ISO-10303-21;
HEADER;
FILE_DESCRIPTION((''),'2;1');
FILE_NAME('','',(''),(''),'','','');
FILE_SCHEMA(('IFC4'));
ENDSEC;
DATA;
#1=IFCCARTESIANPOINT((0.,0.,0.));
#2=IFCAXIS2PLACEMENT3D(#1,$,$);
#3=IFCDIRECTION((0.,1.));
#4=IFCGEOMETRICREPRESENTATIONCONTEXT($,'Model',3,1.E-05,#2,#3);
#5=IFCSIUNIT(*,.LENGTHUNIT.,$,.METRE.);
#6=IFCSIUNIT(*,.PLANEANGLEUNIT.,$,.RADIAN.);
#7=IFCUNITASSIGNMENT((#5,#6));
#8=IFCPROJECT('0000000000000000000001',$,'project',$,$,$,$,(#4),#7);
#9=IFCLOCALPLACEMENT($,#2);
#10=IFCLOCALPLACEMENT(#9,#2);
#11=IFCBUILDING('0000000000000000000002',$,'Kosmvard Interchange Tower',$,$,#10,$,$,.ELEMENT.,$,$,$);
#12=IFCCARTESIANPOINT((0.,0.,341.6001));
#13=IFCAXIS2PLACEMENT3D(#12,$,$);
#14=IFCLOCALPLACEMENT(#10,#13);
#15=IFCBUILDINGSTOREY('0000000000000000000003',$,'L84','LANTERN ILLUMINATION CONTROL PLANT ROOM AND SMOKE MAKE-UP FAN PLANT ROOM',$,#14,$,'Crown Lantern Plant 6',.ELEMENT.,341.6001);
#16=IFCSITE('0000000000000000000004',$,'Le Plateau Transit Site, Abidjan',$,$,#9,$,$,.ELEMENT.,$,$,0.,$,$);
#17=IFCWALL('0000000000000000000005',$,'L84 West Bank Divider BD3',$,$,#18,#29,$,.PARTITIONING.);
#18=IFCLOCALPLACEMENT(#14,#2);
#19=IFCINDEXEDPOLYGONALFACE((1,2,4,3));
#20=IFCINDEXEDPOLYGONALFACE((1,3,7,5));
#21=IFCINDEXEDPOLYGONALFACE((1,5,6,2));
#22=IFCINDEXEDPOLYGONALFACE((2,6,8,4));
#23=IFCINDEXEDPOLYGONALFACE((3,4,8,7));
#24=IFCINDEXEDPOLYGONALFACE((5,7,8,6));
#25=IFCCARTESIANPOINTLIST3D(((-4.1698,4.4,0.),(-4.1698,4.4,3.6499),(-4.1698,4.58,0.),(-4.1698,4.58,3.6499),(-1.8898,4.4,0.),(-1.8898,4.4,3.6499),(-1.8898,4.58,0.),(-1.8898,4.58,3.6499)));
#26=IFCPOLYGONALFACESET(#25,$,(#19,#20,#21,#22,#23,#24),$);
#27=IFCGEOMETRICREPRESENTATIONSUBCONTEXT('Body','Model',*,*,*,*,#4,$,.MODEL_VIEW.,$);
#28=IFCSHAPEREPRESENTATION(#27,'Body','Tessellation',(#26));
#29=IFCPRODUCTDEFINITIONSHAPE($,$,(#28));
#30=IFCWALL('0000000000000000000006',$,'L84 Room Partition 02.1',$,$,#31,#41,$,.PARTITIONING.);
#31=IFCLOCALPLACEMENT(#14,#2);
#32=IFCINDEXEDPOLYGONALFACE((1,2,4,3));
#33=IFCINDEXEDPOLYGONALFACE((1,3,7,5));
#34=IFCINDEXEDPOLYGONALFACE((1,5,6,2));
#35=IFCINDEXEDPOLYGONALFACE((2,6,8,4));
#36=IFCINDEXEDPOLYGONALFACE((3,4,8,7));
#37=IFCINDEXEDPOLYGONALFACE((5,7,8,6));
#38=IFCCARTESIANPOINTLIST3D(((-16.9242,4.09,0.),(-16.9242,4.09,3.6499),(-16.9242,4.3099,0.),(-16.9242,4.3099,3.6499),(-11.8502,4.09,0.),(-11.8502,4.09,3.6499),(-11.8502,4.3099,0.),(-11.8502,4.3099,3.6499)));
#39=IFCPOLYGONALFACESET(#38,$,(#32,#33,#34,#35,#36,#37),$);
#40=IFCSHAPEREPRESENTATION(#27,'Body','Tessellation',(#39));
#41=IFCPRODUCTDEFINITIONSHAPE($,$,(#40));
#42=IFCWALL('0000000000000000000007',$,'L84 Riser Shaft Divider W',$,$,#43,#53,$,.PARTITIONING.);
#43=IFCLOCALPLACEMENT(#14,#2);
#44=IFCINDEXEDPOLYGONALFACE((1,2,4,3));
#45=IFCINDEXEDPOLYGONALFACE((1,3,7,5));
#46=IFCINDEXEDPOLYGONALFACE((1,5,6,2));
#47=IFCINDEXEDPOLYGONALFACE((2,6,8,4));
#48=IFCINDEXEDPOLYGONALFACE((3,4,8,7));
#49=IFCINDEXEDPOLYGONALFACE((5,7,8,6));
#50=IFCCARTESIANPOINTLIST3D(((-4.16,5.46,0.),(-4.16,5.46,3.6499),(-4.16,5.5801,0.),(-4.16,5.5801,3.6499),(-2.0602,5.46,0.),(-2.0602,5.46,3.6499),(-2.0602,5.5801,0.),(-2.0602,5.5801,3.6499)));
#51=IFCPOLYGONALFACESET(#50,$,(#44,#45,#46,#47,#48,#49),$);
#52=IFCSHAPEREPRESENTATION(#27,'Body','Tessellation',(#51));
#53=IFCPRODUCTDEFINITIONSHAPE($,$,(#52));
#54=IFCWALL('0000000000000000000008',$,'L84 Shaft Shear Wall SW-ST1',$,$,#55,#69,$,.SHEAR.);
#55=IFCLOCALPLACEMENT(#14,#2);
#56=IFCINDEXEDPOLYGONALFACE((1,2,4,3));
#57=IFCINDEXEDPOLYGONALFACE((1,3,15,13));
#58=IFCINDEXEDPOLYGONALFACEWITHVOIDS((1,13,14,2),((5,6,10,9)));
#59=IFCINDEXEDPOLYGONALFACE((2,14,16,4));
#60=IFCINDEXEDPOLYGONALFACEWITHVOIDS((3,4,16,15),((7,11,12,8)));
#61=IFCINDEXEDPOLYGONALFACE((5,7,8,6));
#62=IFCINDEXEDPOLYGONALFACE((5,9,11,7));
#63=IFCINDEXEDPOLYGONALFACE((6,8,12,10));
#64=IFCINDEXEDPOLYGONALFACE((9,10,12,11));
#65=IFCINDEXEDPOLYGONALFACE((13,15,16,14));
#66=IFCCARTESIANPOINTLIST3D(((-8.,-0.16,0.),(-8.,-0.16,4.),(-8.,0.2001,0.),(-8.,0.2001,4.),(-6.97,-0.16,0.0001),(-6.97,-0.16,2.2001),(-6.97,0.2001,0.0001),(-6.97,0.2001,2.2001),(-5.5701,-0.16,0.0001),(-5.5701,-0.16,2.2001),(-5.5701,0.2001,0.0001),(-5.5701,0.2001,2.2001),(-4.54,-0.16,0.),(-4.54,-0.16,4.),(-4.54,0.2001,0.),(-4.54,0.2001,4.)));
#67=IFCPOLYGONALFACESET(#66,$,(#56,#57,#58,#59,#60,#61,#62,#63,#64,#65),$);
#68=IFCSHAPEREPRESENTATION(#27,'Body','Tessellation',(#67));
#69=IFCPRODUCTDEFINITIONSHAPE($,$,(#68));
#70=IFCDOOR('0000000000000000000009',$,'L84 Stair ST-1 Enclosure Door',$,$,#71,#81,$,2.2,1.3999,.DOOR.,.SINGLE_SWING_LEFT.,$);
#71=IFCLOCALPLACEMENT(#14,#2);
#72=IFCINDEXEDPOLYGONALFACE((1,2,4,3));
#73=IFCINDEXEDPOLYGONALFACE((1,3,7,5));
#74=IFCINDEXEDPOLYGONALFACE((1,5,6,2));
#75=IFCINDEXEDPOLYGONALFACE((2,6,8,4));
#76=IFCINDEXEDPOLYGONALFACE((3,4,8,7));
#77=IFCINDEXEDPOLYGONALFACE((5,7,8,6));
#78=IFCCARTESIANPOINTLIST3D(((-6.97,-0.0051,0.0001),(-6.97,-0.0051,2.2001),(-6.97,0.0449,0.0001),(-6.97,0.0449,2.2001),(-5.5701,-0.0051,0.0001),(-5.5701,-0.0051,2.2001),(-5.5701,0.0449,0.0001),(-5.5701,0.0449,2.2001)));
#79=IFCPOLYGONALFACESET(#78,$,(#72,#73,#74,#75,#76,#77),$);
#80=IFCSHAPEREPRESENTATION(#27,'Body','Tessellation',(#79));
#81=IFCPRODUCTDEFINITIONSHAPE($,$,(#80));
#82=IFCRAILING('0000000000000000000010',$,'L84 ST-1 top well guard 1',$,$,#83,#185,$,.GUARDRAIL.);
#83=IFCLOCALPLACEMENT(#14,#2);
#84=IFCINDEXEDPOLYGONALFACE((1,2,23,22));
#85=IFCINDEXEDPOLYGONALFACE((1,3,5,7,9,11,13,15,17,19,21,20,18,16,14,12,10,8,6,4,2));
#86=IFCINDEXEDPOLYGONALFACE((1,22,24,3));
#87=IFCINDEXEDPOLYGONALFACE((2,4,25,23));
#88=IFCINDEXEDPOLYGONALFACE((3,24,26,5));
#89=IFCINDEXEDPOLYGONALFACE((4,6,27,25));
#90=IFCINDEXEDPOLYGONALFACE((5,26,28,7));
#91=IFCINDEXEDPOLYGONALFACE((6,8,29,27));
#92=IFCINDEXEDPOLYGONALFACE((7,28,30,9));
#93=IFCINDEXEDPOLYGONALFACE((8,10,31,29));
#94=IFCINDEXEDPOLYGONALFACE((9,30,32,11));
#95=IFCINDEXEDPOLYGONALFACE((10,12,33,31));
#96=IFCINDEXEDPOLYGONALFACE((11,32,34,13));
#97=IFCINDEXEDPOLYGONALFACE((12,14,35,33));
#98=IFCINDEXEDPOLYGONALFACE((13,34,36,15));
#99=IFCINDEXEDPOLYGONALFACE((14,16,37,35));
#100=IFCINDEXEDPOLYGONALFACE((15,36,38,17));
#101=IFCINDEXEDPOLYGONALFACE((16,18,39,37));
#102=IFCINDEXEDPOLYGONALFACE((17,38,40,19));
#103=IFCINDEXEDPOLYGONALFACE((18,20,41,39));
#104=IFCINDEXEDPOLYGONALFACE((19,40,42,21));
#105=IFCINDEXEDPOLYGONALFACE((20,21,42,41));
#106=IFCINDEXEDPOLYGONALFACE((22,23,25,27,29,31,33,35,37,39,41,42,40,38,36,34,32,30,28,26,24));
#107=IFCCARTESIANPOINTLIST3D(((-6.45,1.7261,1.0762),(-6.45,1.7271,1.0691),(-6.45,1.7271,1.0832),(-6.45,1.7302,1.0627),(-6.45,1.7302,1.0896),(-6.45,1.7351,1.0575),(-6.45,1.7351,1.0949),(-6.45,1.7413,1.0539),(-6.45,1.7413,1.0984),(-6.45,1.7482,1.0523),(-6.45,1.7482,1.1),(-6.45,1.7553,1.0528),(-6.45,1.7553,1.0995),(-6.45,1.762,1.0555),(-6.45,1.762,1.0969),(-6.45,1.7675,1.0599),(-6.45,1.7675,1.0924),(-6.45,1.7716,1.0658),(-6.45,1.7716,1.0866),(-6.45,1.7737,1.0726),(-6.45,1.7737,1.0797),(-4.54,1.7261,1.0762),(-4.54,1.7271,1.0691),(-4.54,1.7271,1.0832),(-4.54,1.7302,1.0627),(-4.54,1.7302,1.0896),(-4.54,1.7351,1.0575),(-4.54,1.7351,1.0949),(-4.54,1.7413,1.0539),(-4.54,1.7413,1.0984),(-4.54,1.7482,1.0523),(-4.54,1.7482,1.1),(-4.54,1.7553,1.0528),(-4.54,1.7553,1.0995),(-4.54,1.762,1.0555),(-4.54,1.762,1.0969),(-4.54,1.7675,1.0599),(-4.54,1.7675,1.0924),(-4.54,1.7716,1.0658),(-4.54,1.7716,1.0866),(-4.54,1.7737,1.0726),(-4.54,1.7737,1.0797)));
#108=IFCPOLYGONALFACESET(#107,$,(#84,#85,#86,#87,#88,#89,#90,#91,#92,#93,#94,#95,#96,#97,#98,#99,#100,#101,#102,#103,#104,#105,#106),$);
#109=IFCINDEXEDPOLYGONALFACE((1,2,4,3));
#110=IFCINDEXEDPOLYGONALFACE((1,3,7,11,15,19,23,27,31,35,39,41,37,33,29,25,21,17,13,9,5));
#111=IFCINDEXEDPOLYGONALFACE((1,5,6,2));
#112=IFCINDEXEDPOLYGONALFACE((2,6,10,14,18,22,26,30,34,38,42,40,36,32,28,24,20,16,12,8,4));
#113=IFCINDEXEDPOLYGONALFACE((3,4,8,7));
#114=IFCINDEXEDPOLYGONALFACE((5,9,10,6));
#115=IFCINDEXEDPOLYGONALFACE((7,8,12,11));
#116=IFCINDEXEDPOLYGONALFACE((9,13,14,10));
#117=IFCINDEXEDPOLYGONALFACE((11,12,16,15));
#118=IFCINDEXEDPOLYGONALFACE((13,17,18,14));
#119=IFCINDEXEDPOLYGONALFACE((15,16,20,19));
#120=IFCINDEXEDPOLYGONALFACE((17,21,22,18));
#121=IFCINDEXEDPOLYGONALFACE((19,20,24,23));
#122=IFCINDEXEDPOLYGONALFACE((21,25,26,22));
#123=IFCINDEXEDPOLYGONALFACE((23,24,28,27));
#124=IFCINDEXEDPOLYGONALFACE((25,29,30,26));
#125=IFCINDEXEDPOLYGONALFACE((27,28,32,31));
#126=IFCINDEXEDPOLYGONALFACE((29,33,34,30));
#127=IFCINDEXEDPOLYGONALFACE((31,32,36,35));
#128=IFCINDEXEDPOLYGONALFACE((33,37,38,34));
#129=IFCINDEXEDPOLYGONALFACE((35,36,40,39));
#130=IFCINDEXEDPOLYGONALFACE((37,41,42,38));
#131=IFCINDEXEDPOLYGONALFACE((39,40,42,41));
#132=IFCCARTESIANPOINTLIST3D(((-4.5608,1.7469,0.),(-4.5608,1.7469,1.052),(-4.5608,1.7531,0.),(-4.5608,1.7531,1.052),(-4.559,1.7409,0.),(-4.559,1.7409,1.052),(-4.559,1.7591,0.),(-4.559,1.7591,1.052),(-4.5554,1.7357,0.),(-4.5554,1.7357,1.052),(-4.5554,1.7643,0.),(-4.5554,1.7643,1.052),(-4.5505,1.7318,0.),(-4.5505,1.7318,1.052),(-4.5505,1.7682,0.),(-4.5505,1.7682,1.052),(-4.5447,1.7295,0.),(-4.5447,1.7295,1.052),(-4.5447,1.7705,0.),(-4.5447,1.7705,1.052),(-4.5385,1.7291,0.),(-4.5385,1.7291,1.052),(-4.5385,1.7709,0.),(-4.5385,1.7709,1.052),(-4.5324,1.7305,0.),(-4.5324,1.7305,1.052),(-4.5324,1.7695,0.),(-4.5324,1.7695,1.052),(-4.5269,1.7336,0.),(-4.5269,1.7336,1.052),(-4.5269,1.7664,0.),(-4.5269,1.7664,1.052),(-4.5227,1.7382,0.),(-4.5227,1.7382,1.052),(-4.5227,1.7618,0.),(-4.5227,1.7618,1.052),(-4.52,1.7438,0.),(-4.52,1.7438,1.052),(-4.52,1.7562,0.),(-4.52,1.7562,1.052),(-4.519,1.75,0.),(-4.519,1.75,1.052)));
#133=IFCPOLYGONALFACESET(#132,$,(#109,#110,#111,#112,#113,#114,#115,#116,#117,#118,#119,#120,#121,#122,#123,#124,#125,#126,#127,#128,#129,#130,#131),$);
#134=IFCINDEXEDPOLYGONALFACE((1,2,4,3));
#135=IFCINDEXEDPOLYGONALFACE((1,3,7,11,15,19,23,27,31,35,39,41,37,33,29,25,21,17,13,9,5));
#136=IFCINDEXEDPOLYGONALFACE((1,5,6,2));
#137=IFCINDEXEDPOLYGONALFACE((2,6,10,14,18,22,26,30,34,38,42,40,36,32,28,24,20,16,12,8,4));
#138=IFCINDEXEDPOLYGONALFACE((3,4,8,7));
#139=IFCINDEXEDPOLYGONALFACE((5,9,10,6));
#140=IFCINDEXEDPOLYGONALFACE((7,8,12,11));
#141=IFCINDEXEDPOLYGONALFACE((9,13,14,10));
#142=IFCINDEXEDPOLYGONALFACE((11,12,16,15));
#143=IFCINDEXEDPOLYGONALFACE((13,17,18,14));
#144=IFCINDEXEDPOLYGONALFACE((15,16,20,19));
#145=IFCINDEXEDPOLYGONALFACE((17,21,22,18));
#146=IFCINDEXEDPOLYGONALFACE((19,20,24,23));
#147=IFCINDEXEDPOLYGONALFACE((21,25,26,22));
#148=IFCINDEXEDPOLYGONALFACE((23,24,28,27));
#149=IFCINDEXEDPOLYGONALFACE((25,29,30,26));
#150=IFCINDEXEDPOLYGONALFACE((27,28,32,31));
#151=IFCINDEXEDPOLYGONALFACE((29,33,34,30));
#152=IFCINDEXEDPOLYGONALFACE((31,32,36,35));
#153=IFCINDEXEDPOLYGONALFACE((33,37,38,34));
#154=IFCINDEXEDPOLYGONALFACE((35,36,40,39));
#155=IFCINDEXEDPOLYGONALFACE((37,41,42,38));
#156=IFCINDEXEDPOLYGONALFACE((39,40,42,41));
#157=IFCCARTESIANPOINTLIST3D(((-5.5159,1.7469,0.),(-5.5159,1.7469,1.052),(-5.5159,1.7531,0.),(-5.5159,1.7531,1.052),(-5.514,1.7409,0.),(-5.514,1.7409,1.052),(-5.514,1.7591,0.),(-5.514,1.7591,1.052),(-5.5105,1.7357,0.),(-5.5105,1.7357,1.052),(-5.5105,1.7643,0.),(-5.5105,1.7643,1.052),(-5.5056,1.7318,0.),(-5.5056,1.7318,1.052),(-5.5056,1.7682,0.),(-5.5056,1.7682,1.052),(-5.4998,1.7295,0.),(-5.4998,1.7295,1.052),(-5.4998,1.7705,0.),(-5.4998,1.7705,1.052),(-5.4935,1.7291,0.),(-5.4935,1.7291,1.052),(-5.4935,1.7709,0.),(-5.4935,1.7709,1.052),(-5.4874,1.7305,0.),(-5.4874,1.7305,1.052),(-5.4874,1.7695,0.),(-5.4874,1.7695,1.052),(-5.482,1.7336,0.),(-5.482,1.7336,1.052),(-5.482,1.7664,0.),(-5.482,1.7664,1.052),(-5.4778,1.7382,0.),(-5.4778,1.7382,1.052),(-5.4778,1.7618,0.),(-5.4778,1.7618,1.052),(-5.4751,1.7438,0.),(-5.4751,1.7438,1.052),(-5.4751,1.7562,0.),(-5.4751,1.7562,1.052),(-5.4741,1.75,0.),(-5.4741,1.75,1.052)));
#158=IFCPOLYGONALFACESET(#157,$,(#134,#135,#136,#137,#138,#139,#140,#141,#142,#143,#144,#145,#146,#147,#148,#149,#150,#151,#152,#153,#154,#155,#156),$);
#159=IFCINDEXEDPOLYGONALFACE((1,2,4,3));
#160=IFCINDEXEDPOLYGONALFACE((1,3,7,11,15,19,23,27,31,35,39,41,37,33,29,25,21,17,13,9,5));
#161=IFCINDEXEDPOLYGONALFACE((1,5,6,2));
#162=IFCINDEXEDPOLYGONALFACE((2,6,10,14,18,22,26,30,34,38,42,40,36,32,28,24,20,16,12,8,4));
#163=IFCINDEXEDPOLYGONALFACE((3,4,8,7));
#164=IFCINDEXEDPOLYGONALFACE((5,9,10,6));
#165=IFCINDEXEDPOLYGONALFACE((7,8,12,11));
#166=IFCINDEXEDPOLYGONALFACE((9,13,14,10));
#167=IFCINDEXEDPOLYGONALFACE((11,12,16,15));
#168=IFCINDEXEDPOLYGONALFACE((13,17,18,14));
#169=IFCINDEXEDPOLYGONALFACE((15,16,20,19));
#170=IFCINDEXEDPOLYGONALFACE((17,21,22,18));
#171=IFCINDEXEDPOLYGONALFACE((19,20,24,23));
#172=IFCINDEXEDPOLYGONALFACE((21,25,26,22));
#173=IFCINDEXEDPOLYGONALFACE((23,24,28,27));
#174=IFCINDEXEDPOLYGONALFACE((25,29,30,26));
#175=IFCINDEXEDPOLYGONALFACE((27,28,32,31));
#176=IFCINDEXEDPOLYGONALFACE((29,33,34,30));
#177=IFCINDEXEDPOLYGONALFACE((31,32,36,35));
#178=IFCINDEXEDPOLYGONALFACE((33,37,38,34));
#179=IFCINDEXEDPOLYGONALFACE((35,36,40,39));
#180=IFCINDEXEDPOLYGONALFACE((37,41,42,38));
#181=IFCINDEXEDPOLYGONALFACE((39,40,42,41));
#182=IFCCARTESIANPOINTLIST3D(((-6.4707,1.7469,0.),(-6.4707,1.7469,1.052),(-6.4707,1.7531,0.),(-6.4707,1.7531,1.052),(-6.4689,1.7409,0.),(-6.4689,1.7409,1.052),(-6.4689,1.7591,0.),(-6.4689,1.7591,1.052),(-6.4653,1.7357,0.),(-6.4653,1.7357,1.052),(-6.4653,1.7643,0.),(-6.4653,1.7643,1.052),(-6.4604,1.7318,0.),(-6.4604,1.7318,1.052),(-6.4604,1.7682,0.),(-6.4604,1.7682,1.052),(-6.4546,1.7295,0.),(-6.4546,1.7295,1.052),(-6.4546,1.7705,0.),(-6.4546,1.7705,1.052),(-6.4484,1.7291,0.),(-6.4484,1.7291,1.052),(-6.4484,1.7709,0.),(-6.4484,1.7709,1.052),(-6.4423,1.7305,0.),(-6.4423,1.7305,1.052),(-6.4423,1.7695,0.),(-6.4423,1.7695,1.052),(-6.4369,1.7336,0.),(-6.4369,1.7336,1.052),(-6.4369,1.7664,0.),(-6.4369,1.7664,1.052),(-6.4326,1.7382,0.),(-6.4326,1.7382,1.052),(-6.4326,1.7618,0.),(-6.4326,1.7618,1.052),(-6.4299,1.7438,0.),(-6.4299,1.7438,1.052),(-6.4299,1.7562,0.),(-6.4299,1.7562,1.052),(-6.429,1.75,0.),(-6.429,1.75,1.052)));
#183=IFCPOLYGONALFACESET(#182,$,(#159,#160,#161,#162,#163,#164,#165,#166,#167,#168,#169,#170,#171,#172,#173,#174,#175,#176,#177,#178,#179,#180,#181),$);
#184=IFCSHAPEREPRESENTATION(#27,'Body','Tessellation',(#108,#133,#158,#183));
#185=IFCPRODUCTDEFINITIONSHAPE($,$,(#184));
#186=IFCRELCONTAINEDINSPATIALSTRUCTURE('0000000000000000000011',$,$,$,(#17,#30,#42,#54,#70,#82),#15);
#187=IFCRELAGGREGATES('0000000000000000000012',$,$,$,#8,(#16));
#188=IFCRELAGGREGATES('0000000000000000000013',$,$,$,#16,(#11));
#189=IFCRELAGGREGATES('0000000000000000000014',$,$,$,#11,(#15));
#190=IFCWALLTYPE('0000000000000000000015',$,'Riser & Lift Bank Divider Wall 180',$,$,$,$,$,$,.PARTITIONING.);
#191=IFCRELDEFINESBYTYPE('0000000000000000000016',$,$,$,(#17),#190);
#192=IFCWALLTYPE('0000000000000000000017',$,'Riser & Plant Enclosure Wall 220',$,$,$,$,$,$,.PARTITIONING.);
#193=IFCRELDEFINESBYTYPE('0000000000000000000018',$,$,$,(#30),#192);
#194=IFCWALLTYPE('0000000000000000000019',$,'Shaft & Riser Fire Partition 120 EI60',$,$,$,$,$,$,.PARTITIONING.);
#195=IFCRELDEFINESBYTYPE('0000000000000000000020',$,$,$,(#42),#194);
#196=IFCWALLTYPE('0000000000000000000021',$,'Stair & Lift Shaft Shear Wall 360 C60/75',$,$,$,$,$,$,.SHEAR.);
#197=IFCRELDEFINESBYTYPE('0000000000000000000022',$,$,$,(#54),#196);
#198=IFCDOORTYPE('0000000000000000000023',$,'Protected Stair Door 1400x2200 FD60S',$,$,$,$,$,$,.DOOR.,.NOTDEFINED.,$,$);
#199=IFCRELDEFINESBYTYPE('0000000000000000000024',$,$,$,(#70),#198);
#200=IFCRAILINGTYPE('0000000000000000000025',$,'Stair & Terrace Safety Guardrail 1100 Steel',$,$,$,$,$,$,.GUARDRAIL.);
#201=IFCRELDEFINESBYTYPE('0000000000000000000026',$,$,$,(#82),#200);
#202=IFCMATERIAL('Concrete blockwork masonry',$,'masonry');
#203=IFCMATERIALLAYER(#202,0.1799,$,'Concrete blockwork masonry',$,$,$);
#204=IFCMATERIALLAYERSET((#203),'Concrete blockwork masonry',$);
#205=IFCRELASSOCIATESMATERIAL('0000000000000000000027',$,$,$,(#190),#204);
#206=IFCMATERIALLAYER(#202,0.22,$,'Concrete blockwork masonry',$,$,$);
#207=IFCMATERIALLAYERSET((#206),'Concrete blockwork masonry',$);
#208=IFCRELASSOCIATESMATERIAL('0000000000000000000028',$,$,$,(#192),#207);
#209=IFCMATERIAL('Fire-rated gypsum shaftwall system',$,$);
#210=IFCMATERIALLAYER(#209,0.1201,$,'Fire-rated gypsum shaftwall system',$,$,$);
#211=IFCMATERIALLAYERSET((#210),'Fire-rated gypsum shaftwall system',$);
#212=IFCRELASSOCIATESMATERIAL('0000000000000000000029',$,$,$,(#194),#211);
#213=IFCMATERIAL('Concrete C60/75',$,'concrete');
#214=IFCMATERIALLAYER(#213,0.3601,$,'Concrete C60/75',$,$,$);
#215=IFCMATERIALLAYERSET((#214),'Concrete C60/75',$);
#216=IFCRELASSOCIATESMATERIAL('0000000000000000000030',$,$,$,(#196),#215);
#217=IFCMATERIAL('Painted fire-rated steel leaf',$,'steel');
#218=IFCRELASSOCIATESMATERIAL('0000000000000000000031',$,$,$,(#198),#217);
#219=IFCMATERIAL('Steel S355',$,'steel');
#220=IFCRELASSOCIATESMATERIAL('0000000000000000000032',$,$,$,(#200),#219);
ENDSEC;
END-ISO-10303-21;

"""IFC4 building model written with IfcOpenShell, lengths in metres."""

from ifc_helpers import new_model, si_unit, direction, frame, frame_2d, origin, origin_2d, place, context, subcontext, project, spatial, rectangle, circle, extrude, source, transform, mapped, material, layer, layer_set, type_object, element, fill, save


model = new_model("IFC4")

# Units and contexts
model_context = context("Model", 3, precision=1e-05, world=origin(), true_north=direction((0.0, 1.0)))
body_context = subcontext(model_context, "Body", "Model", "MODEL_VIEW")
ifc_project = project(units=[si_unit("LENGTHUNIT", "METRE"), si_unit("PLANEANGLEUNIT", "RADIAN")], contexts=[model_context])

# Site, building, storey
site_placement = place(None, origin())
site = spatial("IfcSite", under=ifc_project, at=site_placement, Name="Le Plateau Transit Site, Abidjan", CompositionType="ELEMENT", RefElevation=0.0)
building_placement = place(site_placement, origin())
building = spatial("IfcBuilding", under=site, at=building_placement, Name="Kosmvard Interchange Tower", CompositionType="ELEMENT")
storey_placement = place(building_placement, frame((0.0, 0.0, 341.6001)))
storey = spatial("IfcBuildingStorey", under=building, at=storey_placement, Name="L84", Description="LANTERN ILLUMINATION CONTROL PLANT ROOM AND SMOKE MAKE-UP FAN PLANT ROOM", LongName="Crown Lantern Plant 6", CompositionType="ELEMENT", Elevation=341.6001)

# Shared definitions
ifc_material_1 = material(Name="Steel S355", Category="steel")

# Shared definitions
ifc_material_2 = material(Name="Concrete blockwork masonry", Category="masonry")
ifc_material_3 = material(Name="Painted fire-rated steel leaf", Category="steel")

# Walls
ifc_layer_1 = layer(ifc_material_2, 0.1799, Name="Concrete blockwork masonry")
ifc_layer_set_1 = layer_set([ifc_layer_1], Name="Concrete blockwork masonry")
wall_type_1 = type_object("IfcWallType", Name="Riser & Lift Bank Divider Wall 180", PredefinedType="PARTITIONING", material=ifc_layer_set_1)
for number, where, z_axis, x_axis, name in (
    (1, (-4.1699, 4.49, 0.0), (0.0, 0.0, 1.0), (1.0, 0.0, 0.0), "L84 West Bank Divider BD3"),
):
    element("IfcWall", number, at=place(storey_placement, frame(where, z_axis=z_axis, x_axis=x_axis)), inside=storey, type_object=wall_type_1, Name=name, PredefinedType="PARTITIONING", context=body_context, shape_type="SweptSolid", body=[
        extrude(rectangle(XDim=2.28, YDim=0.1799, at=frame_2d((1.1401, 0.0))), origin(), (0.0, 0.0, 1.0), 3.6499),
    ])
ifc_layer_2 = layer(ifc_material_2, 0.22, Name="Concrete blockwork masonry")
ifc_layer_set_2 = layer_set([ifc_layer_2], Name="Concrete blockwork masonry")
wall_type_2 = type_object("IfcWallType", Name="Riser & Plant Enclosure Wall 220", PredefinedType="PARTITIONING", material=ifc_layer_set_2)
wall_1_placement = place(storey_placement, frame((-11.8501, 4.2, 0.0), z_axis=(0.0, 0.0, 1.0), x_axis=(-1.0, 0.0, 0.0)))
element("IfcWall", 2, at=wall_1_placement, inside=storey, type_object=wall_type_2, Name="L84 Room Partition 02.1", PredefinedType="PARTITIONING", context=body_context, shape_type="SweptSolid", body=[
    extrude(rectangle(XDim=5.074, YDim=0.22, at=frame_2d((2.5371, 0.0))), origin(), (0.0, 0.0, 1.0), 3.6499),
])
ifc_material_4 = material(Name="Fire-rated gypsum shaftwall system")
ifc_layer_3 = layer(ifc_material_4, 0.1201, Name="Fire-rated gypsum shaftwall system")
ifc_layer_set_3 = layer_set([ifc_layer_3], Name="Fire-rated gypsum shaftwall system")
wall_type_3 = type_object("IfcWallType", Name="Shaft & Riser Fire Partition 120 EI60", PredefinedType="PARTITIONING", material=ifc_layer_set_3)
wall_2_placement = place(storey_placement, frame((-4.1599, 5.52, 0.0), z_axis=(0.0, 0.0, 1.0), x_axis=(1.0, 0.0, 0.0)))
element("IfcWall", 3, at=wall_2_placement, inside=storey, type_object=wall_type_3, Name="L84 Riser Shaft Divider W", PredefinedType="PARTITIONING", context=body_context, shape_type="SweptSolid", body=[
    extrude(rectangle(XDim=2.0999, YDim=0.1201, at=frame_2d((1.0498, 0.0))), origin(), (0.0, 0.0, 1.0), 3.6499),
])

# Wall, opening, door
ifc_material_5 = material(Name="Concrete C60/75", Category="concrete")
ifc_layer_4 = layer(ifc_material_5, 0.3601, Name="Concrete C60/75")
ifc_layer_set_4 = layer_set([ifc_layer_4], Name="Concrete C60/75")
wall_type_4 = type_object("IfcWallType", Name="Stair & Lift Shaft Shear Wall 360 C60/75", PredefinedType="SHEAR", material=ifc_layer_set_4)
wall_3_placement = place(storey_placement, frame((-8.0, 0.02, 0.0), z_axis=(0.0, 0.0, 1.0), x_axis=(1.0, 0.0, 0.0)))
wall_3 = element("IfcWall", 4, at=wall_3_placement, inside=storey, type_object=wall_type_4, Name="L84 Shaft Shear Wall SW-ST1", PredefinedType="SHEAR", context=body_context, shape_type="SweptSolid", body=[
    extrude(rectangle(XDim=3.46, YDim=0.3601, at=frame_2d((1.73, 0.0))), origin(), (0.0, 0.0, 1.0), 4.0),
])
opening_1_placement = place(wall_3_placement, frame((1.03, 0.0, 0.0)))
opening_1 = element("IfcOpeningElement", 5, at=opening_1_placement, cuts=wall_3, PredefinedType="OPENING", context=body_context, shape_type="SweptSolid", body=[
    extrude(rectangle(XDim=1.3999, YDim=2.2, at=frame_2d((0.7, 1.1001))), frame((0.0, 0.1899, 0.0), z_axis=(0.0, -1.0, 0.0), x_axis=(1.0, 0.0, 0.0)), (0.0, 0.0, 1.0), 0.3801),
])
door_type_1 = type_object("IfcDoorType", Name="Protected Stair Door 1400x2200 FD60S", OperationType="NOTDEFINED", PredefinedType="DOOR", material=ifc_material_3)
shared_shape_1 = source(origin(), body_context, "Body", "SweptSolid", [
    extrude(rectangle(XDim=1.3999, YDim=2.2, at=frame_2d((0.7, 1.1001))), frame((0.0, 0.0249, 0.0), z_axis=(0.0, -1.0, 0.0), x_axis=(1.0, 0.0, 0.0)), (0.0, 0.0, 1.0), 0.05),
])
door_1_placement = place(opening_1_placement, origin())
door_1 = element("IfcDoor", 6, at=door_1_placement, inside=storey, type_object=door_type_1, Name="L84 Stair ST-1 Enclosure Door", OperationType="SINGLE_SWING_LEFT", OverallHeight=2.2, OverallWidth=1.3999, PredefinedType="DOOR", context=body_context, shape_type="MappedRepresentation", body=[
    mapped(shared_shape_1, transform((0.0, 0.0, 0.0), scale=1.0)),
])
fill(opening_1, door_1)

# Railing
railing_type = type_object("IfcRailingType", Name="Stair & Terrace Safety Guardrail 1100 Steel", PredefinedType="GUARDRAIL", material=ifc_material_1)
shared_shape_2 = source(origin(), body_context, "Body", "SweptSolid", [
    extrude(circle(Radius=0.0239, at=origin_2d()), frame((0.0, 0.0, 1.0762), z_axis=(-1.0, 0.0, 0.0), x_axis=(0.0, -1.0, 0.0)), (0.0, 0.0, 1.0), 1.9099),
    extrude(circle(Radius=0.021, at=origin_2d()), origin(), (0.0, 0.0, 1.0), 1.052),
    extrude(circle(Radius=0.021, at=origin_2d()), frame((-0.9551, 0.0, 0.0)), (0.0, 0.0, 1.0), 1.052),
    extrude(circle(Radius=0.021, at=origin_2d()), frame((-1.9099, 0.0, 0.0)), (0.0, 0.0, 1.0), 1.052),
])
railing_placement = place(storey_placement, frame((-4.54, 1.75, 0.0)))
element("IfcRailing", 7, at=railing_placement, inside=storey, type_object=railing_type, Name="L84 ST-1 top well guard 1", PredefinedType="GUARDRAIL", context=body_context, shape_type="MappedRepresentation", body=[
    mapped(shared_shape_2, transform((0.0, 0.0, 0.0), scale=1.0)),
])

save(model, "model.ifc")
